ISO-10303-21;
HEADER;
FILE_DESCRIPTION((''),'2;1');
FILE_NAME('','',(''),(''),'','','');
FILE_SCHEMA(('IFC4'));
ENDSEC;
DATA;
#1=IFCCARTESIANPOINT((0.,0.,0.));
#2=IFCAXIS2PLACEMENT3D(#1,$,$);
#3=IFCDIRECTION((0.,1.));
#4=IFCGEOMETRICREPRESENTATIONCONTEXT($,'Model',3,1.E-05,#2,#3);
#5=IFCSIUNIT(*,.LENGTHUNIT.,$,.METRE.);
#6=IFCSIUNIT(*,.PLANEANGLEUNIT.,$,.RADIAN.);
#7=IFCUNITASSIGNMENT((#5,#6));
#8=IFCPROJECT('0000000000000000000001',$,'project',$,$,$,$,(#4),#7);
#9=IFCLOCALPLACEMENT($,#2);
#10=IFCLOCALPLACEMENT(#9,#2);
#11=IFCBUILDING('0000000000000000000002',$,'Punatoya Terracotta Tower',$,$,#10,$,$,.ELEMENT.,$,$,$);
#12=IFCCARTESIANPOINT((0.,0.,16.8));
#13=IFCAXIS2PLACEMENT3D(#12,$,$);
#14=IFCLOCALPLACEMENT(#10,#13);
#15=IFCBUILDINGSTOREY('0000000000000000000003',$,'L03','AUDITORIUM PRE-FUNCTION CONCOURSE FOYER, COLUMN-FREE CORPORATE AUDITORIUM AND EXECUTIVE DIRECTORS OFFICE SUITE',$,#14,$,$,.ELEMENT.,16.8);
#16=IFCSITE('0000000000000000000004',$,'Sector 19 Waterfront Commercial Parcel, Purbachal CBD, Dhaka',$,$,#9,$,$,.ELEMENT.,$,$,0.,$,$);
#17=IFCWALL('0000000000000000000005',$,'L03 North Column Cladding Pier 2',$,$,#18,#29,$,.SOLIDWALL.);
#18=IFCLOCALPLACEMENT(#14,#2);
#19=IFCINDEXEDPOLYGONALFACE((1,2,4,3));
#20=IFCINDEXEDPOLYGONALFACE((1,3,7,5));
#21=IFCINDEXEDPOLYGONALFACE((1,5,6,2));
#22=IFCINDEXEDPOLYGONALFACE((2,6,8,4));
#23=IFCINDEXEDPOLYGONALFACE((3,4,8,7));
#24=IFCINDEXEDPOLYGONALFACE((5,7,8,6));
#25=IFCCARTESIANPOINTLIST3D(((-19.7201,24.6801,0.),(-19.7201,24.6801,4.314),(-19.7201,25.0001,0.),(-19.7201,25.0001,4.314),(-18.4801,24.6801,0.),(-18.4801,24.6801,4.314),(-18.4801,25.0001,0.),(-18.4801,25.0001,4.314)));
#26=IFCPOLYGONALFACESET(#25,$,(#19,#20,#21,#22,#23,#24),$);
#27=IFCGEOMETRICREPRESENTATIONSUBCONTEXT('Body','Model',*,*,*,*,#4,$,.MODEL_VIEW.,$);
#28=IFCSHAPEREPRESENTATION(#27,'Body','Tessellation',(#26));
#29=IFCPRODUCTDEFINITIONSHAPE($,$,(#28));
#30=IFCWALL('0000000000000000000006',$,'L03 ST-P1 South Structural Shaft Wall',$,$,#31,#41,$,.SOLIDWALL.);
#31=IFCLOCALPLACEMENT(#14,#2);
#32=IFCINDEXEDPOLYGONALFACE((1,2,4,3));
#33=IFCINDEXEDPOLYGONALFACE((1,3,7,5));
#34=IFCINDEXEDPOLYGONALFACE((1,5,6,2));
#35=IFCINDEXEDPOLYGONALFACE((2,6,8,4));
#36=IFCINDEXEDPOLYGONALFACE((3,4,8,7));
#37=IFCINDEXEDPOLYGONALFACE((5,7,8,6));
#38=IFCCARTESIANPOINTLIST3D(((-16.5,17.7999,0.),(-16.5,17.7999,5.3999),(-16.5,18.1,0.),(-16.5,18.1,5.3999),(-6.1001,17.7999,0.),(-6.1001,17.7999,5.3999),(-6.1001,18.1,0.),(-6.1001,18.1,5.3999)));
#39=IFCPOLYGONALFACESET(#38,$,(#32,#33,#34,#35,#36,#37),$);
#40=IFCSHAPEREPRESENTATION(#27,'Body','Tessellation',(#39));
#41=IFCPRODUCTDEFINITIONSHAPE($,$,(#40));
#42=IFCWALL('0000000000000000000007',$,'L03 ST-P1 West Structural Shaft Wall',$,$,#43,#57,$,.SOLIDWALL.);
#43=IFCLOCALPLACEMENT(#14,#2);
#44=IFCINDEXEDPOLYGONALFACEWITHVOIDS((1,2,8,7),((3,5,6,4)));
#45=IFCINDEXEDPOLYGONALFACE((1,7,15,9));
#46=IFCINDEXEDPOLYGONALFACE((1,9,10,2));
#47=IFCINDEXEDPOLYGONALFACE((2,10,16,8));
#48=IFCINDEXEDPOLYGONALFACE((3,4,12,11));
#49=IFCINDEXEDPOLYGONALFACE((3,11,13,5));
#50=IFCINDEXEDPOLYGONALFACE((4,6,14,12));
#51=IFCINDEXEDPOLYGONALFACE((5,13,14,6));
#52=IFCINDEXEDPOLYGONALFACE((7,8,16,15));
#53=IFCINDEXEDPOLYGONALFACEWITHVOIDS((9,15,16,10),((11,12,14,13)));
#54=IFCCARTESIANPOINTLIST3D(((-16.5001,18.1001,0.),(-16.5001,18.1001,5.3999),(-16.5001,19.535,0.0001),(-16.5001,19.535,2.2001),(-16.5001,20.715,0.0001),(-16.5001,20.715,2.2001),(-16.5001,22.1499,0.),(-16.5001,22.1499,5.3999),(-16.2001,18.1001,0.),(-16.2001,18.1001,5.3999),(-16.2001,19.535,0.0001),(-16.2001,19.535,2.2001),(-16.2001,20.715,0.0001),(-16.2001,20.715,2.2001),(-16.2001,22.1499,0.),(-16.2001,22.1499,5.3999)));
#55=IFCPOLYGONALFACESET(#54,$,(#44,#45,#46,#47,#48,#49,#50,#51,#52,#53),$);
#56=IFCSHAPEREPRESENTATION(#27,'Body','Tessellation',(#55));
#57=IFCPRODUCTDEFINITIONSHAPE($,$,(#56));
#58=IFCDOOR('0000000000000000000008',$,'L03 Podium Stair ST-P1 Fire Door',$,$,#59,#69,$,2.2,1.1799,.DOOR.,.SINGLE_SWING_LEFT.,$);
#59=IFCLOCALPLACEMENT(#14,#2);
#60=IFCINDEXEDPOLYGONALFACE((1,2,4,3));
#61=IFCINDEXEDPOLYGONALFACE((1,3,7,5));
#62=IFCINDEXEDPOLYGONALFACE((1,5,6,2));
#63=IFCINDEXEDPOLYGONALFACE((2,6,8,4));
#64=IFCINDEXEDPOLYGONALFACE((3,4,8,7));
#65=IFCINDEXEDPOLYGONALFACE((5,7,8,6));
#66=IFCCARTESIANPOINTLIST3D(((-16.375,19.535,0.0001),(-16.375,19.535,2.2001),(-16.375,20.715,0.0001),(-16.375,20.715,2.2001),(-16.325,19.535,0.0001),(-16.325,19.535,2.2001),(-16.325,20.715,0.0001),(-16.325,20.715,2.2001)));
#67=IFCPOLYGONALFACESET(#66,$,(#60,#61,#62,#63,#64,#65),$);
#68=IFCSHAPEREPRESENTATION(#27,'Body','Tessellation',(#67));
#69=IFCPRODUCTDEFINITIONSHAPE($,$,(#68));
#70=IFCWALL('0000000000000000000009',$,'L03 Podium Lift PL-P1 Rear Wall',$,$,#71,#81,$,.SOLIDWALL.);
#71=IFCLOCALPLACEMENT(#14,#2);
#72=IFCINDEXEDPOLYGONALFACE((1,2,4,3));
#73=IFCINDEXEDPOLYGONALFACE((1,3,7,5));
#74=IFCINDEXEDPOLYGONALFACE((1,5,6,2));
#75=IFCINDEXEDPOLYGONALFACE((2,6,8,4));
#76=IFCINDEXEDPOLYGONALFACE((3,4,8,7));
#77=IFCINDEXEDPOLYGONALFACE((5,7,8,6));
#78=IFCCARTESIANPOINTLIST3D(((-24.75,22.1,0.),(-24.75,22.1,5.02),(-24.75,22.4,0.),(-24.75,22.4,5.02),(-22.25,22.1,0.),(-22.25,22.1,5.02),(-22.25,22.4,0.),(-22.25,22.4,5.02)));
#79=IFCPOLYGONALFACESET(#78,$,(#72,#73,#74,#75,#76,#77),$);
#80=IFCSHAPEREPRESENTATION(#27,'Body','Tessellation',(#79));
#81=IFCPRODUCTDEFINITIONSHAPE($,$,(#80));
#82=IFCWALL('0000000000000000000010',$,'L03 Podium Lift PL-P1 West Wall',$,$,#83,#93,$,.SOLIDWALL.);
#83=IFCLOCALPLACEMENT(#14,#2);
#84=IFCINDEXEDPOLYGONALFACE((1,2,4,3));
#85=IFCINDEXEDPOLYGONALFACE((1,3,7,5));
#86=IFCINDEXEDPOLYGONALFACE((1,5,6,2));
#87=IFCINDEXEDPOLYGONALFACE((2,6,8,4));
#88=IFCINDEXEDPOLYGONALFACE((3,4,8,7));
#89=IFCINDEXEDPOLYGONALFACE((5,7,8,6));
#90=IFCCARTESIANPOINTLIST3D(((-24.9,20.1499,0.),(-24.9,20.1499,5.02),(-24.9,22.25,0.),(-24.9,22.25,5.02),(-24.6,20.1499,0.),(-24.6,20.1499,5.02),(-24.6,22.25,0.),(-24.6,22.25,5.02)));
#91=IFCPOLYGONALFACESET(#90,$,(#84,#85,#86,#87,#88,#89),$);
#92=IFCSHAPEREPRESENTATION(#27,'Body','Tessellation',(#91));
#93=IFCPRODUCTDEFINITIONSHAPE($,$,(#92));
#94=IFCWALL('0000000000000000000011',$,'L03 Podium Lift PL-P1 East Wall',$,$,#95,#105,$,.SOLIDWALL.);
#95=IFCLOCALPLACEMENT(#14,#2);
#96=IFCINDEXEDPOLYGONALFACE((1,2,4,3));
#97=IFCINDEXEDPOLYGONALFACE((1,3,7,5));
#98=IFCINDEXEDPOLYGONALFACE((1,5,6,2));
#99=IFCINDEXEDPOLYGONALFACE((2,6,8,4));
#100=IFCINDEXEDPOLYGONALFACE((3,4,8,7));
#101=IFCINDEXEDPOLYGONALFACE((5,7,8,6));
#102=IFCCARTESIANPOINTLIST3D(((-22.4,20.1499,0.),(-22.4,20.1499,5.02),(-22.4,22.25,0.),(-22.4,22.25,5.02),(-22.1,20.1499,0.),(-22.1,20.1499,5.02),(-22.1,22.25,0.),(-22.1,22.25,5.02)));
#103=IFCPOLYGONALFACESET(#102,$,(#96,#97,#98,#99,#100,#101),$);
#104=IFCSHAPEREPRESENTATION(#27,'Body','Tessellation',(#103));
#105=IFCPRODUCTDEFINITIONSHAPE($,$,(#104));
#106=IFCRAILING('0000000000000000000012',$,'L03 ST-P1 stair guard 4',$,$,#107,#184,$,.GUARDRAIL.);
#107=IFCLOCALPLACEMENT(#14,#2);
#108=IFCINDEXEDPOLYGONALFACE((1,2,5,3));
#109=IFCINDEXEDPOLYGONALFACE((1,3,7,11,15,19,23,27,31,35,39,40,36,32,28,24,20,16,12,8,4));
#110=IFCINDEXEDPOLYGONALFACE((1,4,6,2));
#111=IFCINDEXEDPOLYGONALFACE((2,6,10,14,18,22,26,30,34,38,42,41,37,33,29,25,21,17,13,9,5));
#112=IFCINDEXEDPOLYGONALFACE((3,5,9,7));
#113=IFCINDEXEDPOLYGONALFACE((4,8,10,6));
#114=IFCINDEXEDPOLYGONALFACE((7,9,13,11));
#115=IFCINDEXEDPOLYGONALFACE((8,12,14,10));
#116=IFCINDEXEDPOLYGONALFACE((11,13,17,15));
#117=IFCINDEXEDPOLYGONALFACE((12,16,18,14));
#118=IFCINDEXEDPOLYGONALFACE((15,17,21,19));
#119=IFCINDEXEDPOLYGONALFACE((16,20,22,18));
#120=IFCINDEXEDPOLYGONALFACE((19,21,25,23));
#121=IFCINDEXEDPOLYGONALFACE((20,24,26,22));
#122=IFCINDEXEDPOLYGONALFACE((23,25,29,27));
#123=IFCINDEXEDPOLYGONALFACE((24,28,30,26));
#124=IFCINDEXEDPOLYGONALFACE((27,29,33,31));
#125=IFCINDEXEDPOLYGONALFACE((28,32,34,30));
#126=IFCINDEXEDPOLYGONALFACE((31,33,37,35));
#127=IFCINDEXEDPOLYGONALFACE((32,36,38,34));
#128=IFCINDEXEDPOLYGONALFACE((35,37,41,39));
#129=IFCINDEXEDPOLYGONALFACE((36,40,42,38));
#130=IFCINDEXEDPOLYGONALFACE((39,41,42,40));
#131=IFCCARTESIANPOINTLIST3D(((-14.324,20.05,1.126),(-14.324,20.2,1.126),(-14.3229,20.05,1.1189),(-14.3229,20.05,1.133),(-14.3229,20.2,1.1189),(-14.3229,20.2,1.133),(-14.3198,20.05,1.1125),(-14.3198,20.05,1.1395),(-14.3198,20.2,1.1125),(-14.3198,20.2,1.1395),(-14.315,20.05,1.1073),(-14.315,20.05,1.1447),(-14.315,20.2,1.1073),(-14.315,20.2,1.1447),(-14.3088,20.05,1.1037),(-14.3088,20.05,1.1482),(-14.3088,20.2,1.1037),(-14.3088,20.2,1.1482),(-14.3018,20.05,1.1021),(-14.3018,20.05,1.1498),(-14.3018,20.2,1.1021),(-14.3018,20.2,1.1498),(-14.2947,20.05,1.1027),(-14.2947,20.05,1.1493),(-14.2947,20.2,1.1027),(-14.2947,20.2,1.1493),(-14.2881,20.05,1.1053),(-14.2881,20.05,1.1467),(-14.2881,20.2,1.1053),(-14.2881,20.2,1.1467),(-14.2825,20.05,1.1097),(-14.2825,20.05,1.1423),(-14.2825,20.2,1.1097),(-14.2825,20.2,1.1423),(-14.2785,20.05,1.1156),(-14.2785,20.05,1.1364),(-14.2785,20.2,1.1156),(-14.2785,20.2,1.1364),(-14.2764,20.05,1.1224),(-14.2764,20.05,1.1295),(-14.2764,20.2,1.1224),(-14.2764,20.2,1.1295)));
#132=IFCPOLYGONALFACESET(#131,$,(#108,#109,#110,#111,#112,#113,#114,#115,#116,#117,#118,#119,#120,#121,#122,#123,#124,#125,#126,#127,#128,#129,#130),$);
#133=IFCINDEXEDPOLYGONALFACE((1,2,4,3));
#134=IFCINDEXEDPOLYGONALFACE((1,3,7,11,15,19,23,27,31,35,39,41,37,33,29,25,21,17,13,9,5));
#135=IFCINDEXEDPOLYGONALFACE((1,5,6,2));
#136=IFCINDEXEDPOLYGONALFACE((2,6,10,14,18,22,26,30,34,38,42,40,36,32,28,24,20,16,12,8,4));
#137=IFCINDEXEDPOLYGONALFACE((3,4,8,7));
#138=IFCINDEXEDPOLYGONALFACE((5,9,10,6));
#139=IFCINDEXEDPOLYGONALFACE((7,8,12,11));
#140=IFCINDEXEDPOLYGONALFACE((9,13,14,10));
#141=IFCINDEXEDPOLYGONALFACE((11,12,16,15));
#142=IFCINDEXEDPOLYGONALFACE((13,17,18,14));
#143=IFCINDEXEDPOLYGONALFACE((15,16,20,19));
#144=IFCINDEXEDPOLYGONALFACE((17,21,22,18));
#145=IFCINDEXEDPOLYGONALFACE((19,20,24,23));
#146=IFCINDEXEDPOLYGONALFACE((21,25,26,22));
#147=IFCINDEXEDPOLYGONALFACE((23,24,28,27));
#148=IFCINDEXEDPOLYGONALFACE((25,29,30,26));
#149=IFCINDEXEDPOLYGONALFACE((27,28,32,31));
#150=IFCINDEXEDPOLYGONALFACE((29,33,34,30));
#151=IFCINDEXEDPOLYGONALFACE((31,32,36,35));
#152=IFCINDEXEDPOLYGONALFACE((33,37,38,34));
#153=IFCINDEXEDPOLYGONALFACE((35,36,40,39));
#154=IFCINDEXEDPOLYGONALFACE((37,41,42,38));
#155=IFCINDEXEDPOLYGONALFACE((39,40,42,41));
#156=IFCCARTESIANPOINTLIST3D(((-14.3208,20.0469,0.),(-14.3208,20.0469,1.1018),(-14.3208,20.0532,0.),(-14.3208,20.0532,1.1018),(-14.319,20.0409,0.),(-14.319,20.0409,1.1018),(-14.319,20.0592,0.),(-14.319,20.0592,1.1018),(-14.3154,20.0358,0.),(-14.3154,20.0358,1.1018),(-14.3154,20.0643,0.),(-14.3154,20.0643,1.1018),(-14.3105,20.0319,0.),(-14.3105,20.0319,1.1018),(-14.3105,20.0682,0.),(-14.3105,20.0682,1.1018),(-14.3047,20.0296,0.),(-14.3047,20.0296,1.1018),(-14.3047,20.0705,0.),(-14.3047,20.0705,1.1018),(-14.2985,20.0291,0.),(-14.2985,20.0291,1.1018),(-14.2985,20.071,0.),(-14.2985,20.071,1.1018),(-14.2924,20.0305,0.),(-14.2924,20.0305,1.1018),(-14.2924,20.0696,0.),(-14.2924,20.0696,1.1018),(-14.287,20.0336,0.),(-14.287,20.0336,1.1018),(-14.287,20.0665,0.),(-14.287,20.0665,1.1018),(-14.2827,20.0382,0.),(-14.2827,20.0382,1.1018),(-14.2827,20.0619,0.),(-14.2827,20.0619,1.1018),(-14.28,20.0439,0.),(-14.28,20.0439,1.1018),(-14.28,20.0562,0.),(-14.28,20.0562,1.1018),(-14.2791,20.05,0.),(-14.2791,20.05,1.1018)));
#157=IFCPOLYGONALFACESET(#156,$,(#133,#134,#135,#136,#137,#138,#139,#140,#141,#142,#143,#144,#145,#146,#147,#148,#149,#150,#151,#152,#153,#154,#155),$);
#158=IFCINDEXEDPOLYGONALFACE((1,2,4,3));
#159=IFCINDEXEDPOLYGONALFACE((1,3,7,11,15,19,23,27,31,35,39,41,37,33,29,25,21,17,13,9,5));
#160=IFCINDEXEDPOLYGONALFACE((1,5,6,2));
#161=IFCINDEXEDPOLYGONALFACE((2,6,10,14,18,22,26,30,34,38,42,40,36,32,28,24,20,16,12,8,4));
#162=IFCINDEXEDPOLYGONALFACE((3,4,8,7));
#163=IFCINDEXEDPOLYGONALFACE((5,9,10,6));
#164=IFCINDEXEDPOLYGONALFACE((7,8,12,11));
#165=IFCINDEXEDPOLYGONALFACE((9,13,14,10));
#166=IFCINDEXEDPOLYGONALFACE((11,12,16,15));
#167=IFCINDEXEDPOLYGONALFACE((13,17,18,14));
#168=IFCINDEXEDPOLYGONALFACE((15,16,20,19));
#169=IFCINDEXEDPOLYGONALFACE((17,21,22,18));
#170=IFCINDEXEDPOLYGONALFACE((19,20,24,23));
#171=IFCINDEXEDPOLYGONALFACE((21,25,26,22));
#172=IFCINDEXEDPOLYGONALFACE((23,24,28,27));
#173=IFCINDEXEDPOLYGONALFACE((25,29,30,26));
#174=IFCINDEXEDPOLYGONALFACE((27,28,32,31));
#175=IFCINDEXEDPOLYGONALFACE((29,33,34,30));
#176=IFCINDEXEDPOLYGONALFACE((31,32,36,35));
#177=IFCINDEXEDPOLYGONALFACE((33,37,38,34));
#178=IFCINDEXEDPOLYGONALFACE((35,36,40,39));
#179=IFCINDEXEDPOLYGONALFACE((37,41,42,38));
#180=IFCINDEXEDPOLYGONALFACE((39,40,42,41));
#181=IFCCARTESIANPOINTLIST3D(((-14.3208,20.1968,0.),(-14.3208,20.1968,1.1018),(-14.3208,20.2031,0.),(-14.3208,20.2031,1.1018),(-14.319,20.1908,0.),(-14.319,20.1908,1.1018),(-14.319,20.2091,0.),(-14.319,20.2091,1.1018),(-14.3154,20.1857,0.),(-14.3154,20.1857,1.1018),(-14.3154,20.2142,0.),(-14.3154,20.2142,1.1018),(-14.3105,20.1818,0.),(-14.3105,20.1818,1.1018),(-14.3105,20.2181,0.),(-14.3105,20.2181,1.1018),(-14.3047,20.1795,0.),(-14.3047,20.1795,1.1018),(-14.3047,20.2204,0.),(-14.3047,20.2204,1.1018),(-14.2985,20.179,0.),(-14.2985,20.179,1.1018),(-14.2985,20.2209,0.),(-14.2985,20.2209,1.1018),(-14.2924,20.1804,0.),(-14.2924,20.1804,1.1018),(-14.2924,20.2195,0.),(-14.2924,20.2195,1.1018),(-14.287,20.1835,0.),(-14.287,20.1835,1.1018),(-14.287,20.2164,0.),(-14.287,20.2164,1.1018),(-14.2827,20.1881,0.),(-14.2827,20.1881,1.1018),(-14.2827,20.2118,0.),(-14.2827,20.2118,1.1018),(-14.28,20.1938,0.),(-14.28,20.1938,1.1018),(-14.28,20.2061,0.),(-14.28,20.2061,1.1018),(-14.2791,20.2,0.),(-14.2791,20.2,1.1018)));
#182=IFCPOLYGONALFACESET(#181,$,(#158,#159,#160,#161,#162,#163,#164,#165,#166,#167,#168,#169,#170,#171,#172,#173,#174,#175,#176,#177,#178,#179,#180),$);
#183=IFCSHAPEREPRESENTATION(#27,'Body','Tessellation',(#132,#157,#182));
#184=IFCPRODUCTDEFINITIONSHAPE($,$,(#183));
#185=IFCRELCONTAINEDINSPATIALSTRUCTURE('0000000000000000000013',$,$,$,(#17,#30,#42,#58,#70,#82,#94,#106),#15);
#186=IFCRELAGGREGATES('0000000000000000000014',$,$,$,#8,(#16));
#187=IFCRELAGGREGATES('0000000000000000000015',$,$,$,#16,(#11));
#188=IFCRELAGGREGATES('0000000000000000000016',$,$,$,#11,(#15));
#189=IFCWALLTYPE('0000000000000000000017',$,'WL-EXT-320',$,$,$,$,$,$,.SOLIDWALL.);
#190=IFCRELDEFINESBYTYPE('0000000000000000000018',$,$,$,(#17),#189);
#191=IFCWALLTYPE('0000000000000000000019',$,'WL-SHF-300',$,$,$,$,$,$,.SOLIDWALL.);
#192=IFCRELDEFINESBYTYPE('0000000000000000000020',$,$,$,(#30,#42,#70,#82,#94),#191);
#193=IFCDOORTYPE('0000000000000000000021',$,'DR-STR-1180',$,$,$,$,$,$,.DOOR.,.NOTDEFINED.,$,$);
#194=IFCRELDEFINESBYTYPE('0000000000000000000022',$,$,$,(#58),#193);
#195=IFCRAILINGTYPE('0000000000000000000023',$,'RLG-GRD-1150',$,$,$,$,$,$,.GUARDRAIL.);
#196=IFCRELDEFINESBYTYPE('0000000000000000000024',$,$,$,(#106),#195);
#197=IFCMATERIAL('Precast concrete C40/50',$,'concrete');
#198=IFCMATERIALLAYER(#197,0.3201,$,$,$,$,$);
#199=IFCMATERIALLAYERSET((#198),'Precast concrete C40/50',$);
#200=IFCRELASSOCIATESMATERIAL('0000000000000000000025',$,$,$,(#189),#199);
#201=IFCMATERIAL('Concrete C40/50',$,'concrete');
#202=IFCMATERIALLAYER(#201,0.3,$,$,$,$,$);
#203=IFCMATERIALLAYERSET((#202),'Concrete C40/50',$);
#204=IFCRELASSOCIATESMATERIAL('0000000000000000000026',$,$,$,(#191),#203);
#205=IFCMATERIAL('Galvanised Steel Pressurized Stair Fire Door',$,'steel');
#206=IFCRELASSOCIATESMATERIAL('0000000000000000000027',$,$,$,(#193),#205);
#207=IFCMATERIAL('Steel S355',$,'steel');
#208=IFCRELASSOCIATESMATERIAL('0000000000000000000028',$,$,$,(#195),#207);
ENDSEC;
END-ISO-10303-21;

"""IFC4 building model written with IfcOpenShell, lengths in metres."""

from ifc_helpers import new_model, si_unit, direction, frame, frame_2d, origin, origin_2d, place, context, subcontext, project, spatial, rectangle, circle, extrude, material, layer, layer_set, type_object, element, fill, save


model = new_model("IFC4")

# Units and contexts
model_context = context("Model", 3, precision=1e-05, world=origin(), true_north=direction((0.0, 1.0)))
body_context = subcontext(model_context, "Body", "Model", "MODEL_VIEW")
ifc_project = project(units=[si_unit("LENGTHUNIT", "METRE"), si_unit("PLANEANGLEUNIT", "RADIAN")], contexts=[model_context])

# Site, building, storey
site_placement = place(None, origin())
site = spatial("IfcSite", under=ifc_project, at=site_placement, Name="Sector 19 Waterfront Commercial Parcel, Purbachal CBD, Dhaka", CompositionType="ELEMENT", RefElevation=0.0)
building_placement = place(site_placement, origin())
building = spatial("IfcBuilding", under=site, at=building_placement, Name="Punatoya Terracotta Tower", CompositionType="ELEMENT")
storey_placement = place(building_placement, frame((0.0, 0.0, 16.8)))
storey = spatial("IfcBuildingStorey", under=building, at=storey_placement, Name="L03", Description="AUDITORIUM PRE-FUNCTION CONCOURSE FOYER, COLUMN-FREE CORPORATE AUDITORIUM AND EXECUTIVE DIRECTORS OFFICE SUITE", CompositionType="ELEMENT", Elevation=16.8)

# Shared definitions
ifc_material_1 = material(Name="Steel S355", Category="steel")

# Shared definitions
ifc_material_2 = material(Name="Concrete C40/50", Category="concrete")

# Walls
ifc_material_3 = material(Name="Precast concrete C40/50", Category="concrete")
ifc_layer_1 = layer(ifc_material_3, 0.3201)
ifc_layer_set_1 = layer_set([ifc_layer_1], Name="Precast concrete C40/50")
wall_type_1 = type_object("IfcWallType", Name="WL-EXT-320", PredefinedType="SOLIDWALL", material=ifc_layer_set_1)
wall_1_placement = place(storey_placement, frame((-18.48, 24.8401, 0.0), z_axis=(0.0, 0.0, 1.0), x_axis=(-1.0, 0.0, 0.0)))
element("IfcWall", 1, at=wall_1_placement, inside=storey, type_object=wall_type_1, Name="L03 North Column Cladding Pier 2", PredefinedType="SOLIDWALL", context=body_context, shape_type="SweptSolid", body=[
    extrude(rectangle(XDim=1.24, YDim=0.3201, at=frame_2d((0.6201, 0.0))), origin(), (0.0, 0.0, 1.0), 4.314),
])
ifc_layer_2 = layer(ifc_material_2, 0.3)
ifc_layer_set_2 = layer_set([ifc_layer_2], Name="Concrete C40/50")
wall_type_2 = type_object("IfcWallType", Name="WL-SHF-300", PredefinedType="SOLIDWALL", material=ifc_layer_set_2)
wall_2_placement = place(storey_placement, frame((-16.5, 17.95, 0.0), z_axis=(0.0, 0.0, 1.0), x_axis=(1.0, 0.0, 0.0)))
element("IfcWall", 2, at=wall_2_placement, inside=storey, type_object=wall_type_2, Name="L03 ST-P1 South Structural Shaft Wall", PredefinedType="SOLIDWALL", context=body_context, shape_type="SweptSolid", body=[
    extrude(rectangle(XDim=10.3999, YDim=0.3, at=frame_2d((5.2, 0.0))), origin(), (0.0, 0.0, 1.0), 5.3999),
])

# Wall, opening, door
wall_3_placement = place(storey_placement, frame((-16.3501, 18.1001, 0.0), z_axis=(0.0, 0.0, 1.0), x_axis=(0.0, 1.0, 0.0)))
wall_3 = element("IfcWall", 3, at=wall_3_placement, inside=storey, type_object=wall_type_2, Name="L03 ST-P1 West Structural Shaft Wall", PredefinedType="SOLIDWALL", context=body_context, shape_type="SweptSolid", body=[
    extrude(rectangle(XDim=4.0498, YDim=0.3, at=frame_2d((2.0249, 0.0))), origin(), (0.0, 0.0, 1.0), 5.3999),
])
opening_1_placement = place(wall_3_placement, frame((1.4351, 0.0, 0.0)))
opening_1 = element("IfcOpeningElement", 4, at=opening_1_placement, cuts=wall_3, PredefinedType="OPENING", context=body_context, shape_type="SweptSolid", body=[
    extrude(rectangle(XDim=1.1799, YDim=2.2, at=frame_2d((0.5898, 1.1001))), frame((0.0, 0.1599, 0.0), z_axis=(0.0, -1.0, 0.0), x_axis=(1.0, 0.0, 0.0)), (0.0, 0.0, 1.0), 0.3201),
])
ifc_material_4 = material(Name="Galvanised Steel Pressurized Stair Fire Door", Category="steel")
door_type_1 = type_object("IfcDoorType", Name="DR-STR-1180", OperationType="NOTDEFINED", PredefinedType="DOOR", material=ifc_material_4)
door_1_placement = place(opening_1_placement, origin())
door_1 = element("IfcDoor", 5, at=door_1_placement, inside=storey, type_object=door_type_1, Name="L03 Podium Stair ST-P1 Fire Door", OperationType="SINGLE_SWING_LEFT", OverallHeight=2.2, OverallWidth=1.1799, PredefinedType="DOOR", context=body_context, shape_type="SweptSolid", body=[
    extrude(rectangle(XDim=1.1799, YDim=2.2, at=frame_2d((0.5898, 1.1001))), frame((0.0, 0.0249, 0.0), z_axis=(0.0, -1.0, 0.0), x_axis=(1.0, 0.0, 0.0)), (0.0, 0.0, 1.0), 0.05),
])
fill(opening_1, door_1)

# Walls
wall_4_placement = place(storey_placement, frame((-24.75, 22.25, 0.0), z_axis=(0.0, 0.0, 1.0), x_axis=(1.0, 0.0, 0.0)))
element("IfcWall", 6, at=wall_4_placement, inside=storey, type_object=wall_type_2, Name="L03 Podium Lift PL-P1 Rear Wall", PredefinedType="SOLIDWALL", context=body_context, shape_type="SweptSolid", body=[
    extrude(rectangle(XDim=2.5, YDim=0.3, at=frame_2d((1.25, 0.0))), origin(), (0.0, 0.0, 1.0), 5.02),
])
for number, where, z_axis, x_axis, name in (
    (7, (-24.75, 20.1499, 0.0), (0.0, 0.0, 1.0), (0.0, 1.0, 0.0), "L03 Podium Lift PL-P1 West Wall"),
    (8, (-22.25, 20.1499, 0.0), (0.0, 0.0, 1.0), (0.0, 1.0, 0.0), "L03 Podium Lift PL-P1 East Wall"),
):
    element("IfcWall", number, at=place(storey_placement, frame(where, z_axis=z_axis, x_axis=x_axis)), inside=storey, type_object=wall_type_2, Name=name, PredefinedType="SOLIDWALL", context=body_context, shape_type="SweptSolid", body=[
        extrude(rectangle(XDim=2.1001, YDim=0.3, at=frame_2d((1.05, 0.0))), origin(), (0.0, 0.0, 1.0), 5.02),
    ])

# Railing
railing_type = type_object("IfcRailingType", Name="RLG-GRD-1150", PredefinedType="GUARDRAIL", material=ifc_material_1)
railing_placement = place(storey_placement, frame((-14.3, 20.05, 0.0)))
element("IfcRailing", 9, at=railing_placement, inside=storey, type_object=railing_type, Name="L03 ST-P1 stair guard 4", PredefinedType="GUARDRAIL", context=body_context, shape_type="SweptSolid", body=[
    extrude(circle(Radius=0.0239, at=origin_2d()), frame((0.0, 0.0, 1.126), z_axis=(0.0, 1.0, 0.0), x_axis=(-1.0, 0.0, 0.0)), (0.0, 0.0, 1.0), 0.1499),
    extrude(circle(Radius=0.021, at=origin_2d()), origin(), (0.0, 0.0, 1.0), 1.1018),
    extrude(circle(Radius=0.021, at=origin_2d()), frame((0.0, 0.1499, 0.0)), (0.0, 0.0, 1.0), 1.1018),
])

save(model, "model.ifc")
